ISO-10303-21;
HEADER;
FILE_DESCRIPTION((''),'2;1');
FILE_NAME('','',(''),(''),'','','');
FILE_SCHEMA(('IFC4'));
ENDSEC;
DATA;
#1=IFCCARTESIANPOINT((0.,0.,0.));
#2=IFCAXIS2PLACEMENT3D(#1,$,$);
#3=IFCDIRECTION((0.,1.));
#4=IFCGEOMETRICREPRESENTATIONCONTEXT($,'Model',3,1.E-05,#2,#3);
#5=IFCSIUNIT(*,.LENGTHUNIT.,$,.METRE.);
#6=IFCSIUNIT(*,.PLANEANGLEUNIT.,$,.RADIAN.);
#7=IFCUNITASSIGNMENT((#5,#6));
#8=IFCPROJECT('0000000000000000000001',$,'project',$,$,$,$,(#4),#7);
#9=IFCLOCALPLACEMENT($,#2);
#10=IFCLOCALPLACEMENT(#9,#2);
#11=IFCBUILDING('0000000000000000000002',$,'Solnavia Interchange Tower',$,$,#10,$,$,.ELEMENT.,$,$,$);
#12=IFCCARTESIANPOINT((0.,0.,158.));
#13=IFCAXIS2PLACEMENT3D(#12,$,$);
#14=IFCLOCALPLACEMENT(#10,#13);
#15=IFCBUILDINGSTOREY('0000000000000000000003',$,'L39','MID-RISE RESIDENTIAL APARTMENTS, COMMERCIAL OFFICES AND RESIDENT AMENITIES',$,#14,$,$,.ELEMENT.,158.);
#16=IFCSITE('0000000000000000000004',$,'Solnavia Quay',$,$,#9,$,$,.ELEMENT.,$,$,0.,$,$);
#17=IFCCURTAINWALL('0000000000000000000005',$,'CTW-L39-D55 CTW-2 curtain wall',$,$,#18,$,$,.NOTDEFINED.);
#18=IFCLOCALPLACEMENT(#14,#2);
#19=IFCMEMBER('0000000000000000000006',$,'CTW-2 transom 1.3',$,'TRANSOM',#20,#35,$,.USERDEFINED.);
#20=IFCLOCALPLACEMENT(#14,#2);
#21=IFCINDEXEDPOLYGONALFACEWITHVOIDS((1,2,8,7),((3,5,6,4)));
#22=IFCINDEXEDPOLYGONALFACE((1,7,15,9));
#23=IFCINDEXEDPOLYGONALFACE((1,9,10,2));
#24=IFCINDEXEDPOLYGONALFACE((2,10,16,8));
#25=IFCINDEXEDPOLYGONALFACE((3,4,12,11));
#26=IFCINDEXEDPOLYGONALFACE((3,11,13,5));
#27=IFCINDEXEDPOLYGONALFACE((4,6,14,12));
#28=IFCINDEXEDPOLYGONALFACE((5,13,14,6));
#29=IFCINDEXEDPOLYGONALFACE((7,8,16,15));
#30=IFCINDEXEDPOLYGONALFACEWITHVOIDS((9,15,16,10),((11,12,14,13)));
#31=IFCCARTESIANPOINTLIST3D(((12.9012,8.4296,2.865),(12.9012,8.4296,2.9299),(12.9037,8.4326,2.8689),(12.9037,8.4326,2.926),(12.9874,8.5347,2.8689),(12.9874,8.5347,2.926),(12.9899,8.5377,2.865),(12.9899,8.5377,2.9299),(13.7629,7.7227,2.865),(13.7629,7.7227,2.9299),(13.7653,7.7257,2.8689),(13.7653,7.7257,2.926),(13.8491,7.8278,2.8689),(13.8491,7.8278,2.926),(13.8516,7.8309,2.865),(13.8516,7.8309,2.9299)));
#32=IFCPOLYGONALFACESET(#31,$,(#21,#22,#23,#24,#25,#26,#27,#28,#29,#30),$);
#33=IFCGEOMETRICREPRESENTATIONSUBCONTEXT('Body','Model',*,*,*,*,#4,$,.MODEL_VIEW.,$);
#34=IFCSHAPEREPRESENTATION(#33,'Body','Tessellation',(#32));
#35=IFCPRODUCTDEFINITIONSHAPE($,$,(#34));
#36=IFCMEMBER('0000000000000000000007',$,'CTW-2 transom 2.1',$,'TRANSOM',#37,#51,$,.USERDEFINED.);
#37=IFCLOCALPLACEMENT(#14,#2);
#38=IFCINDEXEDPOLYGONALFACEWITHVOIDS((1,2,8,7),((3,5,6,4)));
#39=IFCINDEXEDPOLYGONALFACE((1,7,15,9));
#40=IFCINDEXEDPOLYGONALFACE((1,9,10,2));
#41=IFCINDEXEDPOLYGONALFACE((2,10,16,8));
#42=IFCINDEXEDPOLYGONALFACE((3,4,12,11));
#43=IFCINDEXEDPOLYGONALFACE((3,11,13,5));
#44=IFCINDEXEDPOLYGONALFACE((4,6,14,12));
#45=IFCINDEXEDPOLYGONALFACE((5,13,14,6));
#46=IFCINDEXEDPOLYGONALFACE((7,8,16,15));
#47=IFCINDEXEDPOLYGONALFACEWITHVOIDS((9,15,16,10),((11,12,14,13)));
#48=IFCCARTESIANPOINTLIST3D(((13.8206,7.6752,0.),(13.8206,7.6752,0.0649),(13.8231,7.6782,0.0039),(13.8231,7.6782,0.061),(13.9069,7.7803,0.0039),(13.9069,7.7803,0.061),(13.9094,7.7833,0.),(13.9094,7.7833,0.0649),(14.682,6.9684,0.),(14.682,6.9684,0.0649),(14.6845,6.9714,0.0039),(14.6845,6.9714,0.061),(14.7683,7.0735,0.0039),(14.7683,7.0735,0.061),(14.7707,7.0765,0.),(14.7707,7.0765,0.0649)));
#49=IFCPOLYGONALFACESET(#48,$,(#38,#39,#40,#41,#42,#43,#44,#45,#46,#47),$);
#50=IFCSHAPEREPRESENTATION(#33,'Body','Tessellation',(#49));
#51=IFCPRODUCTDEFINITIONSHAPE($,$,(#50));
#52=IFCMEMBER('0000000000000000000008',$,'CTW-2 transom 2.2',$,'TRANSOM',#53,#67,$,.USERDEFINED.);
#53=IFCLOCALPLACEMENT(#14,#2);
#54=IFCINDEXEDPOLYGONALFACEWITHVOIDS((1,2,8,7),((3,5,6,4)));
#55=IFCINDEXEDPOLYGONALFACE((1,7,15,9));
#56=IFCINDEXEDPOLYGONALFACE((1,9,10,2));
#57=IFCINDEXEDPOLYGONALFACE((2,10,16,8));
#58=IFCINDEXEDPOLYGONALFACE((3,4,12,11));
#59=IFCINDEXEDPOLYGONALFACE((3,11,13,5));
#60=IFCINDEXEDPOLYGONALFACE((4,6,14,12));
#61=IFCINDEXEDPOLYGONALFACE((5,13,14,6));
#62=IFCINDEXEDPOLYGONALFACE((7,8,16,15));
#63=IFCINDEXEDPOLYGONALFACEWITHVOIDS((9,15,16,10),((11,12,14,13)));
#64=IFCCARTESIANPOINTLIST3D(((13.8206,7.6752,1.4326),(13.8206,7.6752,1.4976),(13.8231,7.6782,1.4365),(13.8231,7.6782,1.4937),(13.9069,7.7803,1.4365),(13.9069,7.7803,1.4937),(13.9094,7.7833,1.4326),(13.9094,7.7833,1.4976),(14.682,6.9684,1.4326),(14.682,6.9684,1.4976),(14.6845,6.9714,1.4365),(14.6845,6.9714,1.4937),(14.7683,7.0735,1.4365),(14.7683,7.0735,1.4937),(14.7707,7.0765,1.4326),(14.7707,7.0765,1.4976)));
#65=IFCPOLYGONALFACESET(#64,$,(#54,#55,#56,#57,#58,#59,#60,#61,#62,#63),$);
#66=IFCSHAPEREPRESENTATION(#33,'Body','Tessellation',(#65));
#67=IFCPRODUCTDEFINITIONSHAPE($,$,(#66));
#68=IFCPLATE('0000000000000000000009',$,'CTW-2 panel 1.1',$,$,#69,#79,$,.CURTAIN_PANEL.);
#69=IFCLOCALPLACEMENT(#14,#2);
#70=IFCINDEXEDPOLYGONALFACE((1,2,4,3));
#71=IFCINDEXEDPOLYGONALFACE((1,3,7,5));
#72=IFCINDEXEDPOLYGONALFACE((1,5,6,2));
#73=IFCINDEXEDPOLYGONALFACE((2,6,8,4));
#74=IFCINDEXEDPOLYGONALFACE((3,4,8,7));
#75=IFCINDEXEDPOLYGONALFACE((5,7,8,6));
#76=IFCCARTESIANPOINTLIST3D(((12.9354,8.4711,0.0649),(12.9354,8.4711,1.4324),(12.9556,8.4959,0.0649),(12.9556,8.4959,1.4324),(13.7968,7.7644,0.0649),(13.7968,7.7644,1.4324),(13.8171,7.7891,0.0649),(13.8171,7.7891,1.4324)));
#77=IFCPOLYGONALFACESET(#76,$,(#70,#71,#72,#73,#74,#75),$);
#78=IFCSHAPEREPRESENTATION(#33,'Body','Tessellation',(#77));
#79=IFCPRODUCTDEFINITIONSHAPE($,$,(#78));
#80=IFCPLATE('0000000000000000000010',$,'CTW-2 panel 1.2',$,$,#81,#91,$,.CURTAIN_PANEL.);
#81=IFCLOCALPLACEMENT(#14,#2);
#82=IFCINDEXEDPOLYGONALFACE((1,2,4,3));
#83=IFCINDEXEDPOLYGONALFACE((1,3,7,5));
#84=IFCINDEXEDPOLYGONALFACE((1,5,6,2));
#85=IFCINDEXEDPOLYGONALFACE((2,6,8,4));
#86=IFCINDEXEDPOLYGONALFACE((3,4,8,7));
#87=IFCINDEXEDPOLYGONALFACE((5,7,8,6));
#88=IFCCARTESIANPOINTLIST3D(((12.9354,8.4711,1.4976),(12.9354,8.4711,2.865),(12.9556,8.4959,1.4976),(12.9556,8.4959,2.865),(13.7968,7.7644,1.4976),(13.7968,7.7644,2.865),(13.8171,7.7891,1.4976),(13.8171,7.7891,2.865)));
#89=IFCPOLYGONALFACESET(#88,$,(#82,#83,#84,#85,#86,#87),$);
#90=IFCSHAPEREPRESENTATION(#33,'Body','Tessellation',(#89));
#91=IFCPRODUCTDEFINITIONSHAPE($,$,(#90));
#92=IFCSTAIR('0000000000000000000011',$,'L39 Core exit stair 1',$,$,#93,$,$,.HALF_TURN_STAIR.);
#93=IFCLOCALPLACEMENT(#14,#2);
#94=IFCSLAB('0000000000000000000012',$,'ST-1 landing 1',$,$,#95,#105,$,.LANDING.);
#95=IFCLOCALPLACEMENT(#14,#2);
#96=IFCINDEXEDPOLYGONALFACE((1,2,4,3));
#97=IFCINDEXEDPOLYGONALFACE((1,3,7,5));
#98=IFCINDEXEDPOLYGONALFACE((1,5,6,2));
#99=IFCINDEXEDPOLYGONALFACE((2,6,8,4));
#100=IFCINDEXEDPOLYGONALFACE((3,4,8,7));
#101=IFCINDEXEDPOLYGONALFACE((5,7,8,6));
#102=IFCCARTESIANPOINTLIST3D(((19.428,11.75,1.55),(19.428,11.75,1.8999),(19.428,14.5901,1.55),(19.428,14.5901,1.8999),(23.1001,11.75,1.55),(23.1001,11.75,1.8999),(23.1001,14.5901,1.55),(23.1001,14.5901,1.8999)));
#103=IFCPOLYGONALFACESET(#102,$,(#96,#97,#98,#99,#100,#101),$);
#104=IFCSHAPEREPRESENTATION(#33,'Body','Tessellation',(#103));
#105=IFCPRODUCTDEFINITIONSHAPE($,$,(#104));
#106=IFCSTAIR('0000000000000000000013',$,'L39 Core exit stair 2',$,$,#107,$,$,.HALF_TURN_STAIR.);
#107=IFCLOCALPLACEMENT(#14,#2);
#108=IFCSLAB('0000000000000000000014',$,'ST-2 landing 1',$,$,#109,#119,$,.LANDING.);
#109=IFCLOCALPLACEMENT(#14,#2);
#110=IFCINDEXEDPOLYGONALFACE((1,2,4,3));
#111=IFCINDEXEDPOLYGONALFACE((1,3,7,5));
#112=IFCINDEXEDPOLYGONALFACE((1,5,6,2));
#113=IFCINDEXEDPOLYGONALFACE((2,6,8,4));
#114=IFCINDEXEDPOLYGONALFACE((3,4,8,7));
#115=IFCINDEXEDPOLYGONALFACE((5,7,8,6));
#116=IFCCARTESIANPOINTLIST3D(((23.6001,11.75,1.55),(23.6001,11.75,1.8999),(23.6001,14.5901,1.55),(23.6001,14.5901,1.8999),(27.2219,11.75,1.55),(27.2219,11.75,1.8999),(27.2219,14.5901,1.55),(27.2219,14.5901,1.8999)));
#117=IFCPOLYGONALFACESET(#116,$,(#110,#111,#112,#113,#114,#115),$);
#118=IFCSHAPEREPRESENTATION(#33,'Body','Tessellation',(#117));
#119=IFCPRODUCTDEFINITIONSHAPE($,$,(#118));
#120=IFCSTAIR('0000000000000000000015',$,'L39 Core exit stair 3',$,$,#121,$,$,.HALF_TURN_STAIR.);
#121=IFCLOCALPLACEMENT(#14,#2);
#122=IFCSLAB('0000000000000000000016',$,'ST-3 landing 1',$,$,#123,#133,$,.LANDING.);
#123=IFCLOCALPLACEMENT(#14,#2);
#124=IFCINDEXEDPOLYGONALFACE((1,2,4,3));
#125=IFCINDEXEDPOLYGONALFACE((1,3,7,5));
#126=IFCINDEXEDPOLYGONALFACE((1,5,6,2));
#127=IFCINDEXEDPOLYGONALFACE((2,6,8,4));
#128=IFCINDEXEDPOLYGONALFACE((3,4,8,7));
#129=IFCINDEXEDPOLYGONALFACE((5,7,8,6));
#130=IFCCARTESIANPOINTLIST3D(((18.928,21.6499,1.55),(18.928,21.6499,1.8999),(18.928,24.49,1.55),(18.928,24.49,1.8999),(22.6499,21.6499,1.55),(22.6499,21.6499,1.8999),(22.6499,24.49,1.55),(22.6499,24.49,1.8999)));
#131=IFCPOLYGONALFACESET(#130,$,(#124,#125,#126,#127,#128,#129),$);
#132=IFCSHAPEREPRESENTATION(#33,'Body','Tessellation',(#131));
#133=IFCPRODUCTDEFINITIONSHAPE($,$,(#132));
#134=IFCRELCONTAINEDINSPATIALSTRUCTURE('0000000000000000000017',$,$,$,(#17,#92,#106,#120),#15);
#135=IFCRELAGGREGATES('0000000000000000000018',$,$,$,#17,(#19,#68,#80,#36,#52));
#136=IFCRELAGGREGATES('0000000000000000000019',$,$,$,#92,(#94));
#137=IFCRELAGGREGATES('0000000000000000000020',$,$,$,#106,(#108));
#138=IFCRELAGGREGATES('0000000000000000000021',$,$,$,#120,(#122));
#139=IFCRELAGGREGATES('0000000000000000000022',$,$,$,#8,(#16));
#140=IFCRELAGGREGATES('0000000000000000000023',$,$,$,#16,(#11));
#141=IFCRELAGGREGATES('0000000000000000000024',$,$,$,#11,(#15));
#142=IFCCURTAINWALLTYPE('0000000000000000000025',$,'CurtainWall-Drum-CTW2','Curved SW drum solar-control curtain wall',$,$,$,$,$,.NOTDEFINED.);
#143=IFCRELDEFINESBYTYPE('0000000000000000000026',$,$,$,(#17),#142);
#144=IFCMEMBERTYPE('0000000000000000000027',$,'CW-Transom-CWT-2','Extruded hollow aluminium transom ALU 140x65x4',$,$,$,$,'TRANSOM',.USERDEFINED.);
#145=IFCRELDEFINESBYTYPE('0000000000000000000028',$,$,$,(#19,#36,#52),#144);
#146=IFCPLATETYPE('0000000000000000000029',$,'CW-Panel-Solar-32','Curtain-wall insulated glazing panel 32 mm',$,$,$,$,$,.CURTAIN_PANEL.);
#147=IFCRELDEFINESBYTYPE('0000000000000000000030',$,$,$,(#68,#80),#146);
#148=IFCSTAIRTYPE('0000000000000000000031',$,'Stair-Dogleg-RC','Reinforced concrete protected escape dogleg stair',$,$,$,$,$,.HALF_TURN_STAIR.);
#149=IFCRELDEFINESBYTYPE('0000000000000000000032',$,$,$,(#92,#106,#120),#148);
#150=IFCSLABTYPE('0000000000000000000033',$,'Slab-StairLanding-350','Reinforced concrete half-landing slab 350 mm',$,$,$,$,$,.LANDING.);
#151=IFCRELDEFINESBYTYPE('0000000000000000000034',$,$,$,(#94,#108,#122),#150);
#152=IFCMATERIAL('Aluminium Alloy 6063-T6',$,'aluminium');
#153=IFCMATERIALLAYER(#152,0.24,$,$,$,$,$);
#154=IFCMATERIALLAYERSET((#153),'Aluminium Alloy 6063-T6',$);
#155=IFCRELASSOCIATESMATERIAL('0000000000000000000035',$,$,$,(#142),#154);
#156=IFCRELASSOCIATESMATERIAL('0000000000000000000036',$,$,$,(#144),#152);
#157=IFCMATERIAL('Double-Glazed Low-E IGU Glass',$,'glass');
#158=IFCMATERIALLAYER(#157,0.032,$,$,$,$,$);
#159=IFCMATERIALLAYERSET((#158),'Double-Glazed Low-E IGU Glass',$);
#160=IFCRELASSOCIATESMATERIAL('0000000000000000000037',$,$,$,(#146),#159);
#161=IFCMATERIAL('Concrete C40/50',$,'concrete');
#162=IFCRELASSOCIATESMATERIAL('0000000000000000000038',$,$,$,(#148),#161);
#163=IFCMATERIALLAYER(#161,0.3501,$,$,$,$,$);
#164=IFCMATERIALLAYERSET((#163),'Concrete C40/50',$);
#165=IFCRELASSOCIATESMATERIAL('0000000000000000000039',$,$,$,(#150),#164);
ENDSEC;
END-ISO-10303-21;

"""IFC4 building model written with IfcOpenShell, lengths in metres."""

from ifc_helpers import new_model, si_unit, direction, frame, origin, origin_2d, place, context, subcontext, project, spatial, polyline, rectangle, hollow_rectangle, outline, extrude, material, layer, layer_set, material_profile, profile_set, type_object, element, aggregate, save


model = new_model("IFC4")

# Units and contexts
model_context = context("Model", 3, precision=1e-05, world=origin(), true_north=direction((0.0, 1.0)))
body_context = subcontext(model_context, "Body", "Model", "MODEL_VIEW")
ifc_project = project(units=[si_unit("LENGTHUNIT", "METRE"), si_unit("PLANEANGLEUNIT", "RADIAN")], contexts=[model_context])

# Site, building, storey
site_placement = place(None, origin())
site = spatial("IfcSite", under=ifc_project, at=site_placement, Name="Solnavia Quay", CompositionType="ELEMENT", RefElevation=0.0)
building_placement = place(site_placement, origin())
building = spatial("IfcBuilding", under=site, at=building_placement, Name="Solnavia Interchange Tower", CompositionType="ELEMENT")
storey_placement = place(building_placement, frame((0.0, 0.0, 158.0)))
storey = spatial("IfcBuildingStorey", under=building, at=storey_placement, Name="L39", Description="MID-RISE RESIDENTIAL APARTMENTS, COMMERCIAL OFFICES AND RESIDENT AMENITIES", CompositionType="ELEMENT", Elevation=158.0)

# Curtain wall, members, plates
ifc_material_1 = material(Name="Aluminium Alloy 6063-T6", Category="aluminium")
ifc_layer_1 = layer(ifc_material_1, 0.24)
ifc_layer_set_1 = layer_set([ifc_layer_1], Name="Aluminium Alloy 6063-T6")
curtain_wall_type = type_object("IfcCurtainWallType", Name="CurtainWall-Drum-CTW2", Description="Curved SW drum solar-control curtain wall", PredefinedType="NOTDEFINED", material=ifc_layer_set_1)
curtain_wall_placement = place(storey_placement, origin())
curtain_wall = element("IfcCurtainWall", 1, at=curtain_wall_placement, inside=storey, type_object=curtain_wall_type, Name="CTW-L39-D55 CTW-2 curtain wall", PredefinedType="NOTDEFINED")
ifc_material_profile_1 = material_profile(ifc_material_1, hollow_rectangle(XDim=0.0649, YDim=0.1399, WallThickness=0.0039, at=origin_2d()), Name="ALU 140x65x4")
ifc_profile_set_1 = profile_set([ifc_material_profile_1], Name="Aluminium Alloy 6063-T6")
member_type_1 = type_object("IfcMemberType", Name="CW-Transom-CWT-2", Description="Extruded hollow aluminium transom ALU 140x65x4", ElementType="TRANSOM", PredefinedType="USERDEFINED", material=ifc_profile_set_1)
member_1_placement = place(storey_placement, frame((12.9456, 8.4836, 2.8975), z_axis=(0.773137, -0.634239, 0.0), x_axis=(0.0, 0.0, 1.0)))
member_1 = element("IfcMember", 2, at=member_1_placement, type_object=member_type_1, Name="CTW-2 transom 1.3", ObjectType="TRANSOM", PredefinedType="USERDEFINED", context=body_context, shape_type="SweptSolid", body=[
    extrude(hollow_rectangle(XDim=0.0649, YDim=0.1399, WallThickness=0.0039, at=origin_2d()), origin(), (0.0, 0.0, 1.0), 1.1145),
])
member_2_placement = place(storey_placement, frame((13.865, 7.7292, 0.0325), z_axis=(0.773049, -0.634347, 0.0), x_axis=(0.0, 0.0, 1.0)))
member_2 = element("IfcMember", 3, at=member_2_placement, type_object=member_type_1, Name="CTW-2 transom 2.1", ObjectType="TRANSOM", PredefinedType="USERDEFINED", context=body_context, shape_type="SweptSolid", body=[
    extrude(hollow_rectangle(XDim=0.0649, YDim=0.1399, WallThickness=0.0039, at=origin_2d()), origin(), (0.0, 0.0, 1.0), 1.1143),
])
member_3_placement = place(storey_placement, frame((13.865, 7.7292, 1.4651), z_axis=(0.773049, -0.634347, 0.0), x_axis=(0.0, 0.0, 1.0)))
member_3 = element("IfcMember", 4, at=member_3_placement, type_object=member_type_1, Name="CTW-2 transom 2.2", ObjectType="TRANSOM", PredefinedType="USERDEFINED", context=body_context, shape_type="SweptSolid", body=[
    extrude(hollow_rectangle(XDim=0.0649, YDim=0.1399, WallThickness=0.0039, at=origin_2d()), origin(), (0.0, 0.0, 1.0), 1.1143),
])
ifc_material_2 = material(Name="Double-Glazed Low-E IGU Glass", Category="glass")
ifc_layer_2 = layer(ifc_material_2, 0.032)
ifc_layer_set_2 = layer_set([ifc_layer_2], Name="Double-Glazed Low-E IGU Glass")
plate_type = type_object("IfcPlateType", Name="CW-Panel-Solar-32", Description="Curtain-wall insulated glazing panel 32 mm", PredefinedType="CURTAIN_PANEL", material=ifc_layer_set_2)
plate_1_placement = place(storey_placement, frame((13.3762, 8.1301, 0.0649), z_axis=(0.0, 0.0, 1.0), x_axis=(0.773103, -0.63428, 0.0)))
plate_1 = element("IfcPlate", 5, at=plate_1_placement, type_object=plate_type, Name="CTW-2 panel 1.1", PredefinedType="CURTAIN_PANEL", context=body_context, shape_type="SweptSolid", body=[
    extrude(rectangle(XDim=1.1143, YDim=0.032, at=origin_2d()), origin(), (0.0, 0.0, 1.0), 1.3674),
])
plate_2_placement = place(storey_placement, frame((13.3762, 8.1301, 1.4976), z_axis=(0.0, 0.0, 1.0), x_axis=(0.773103, -0.63428, 0.0)))
plate_2 = element("IfcPlate", 6, at=plate_2_placement, type_object=plate_type, Name="CTW-2 panel 1.2", PredefinedType="CURTAIN_PANEL", context=body_context, shape_type="SweptSolid", body=[
    extrude(rectangle(XDim=1.1143, YDim=0.032, at=origin_2d()), origin(), (0.0, 0.0, 1.0), 1.3674),
])
aggregate(curtain_wall, [member_1, plate_1, plate_2, member_2, member_3])

# Stairs, slabs
ifc_material_3 = material(Name="Concrete C40/50", Category="concrete")
stair_type = type_object("IfcStairType", Name="Stair-Dogleg-RC", Description="Reinforced concrete protected escape dogleg stair", PredefinedType="HALF_TURN_STAIR", material=ifc_material_3)
stair_1_placement = place(storey_placement, origin())
stair_1 = element("IfcStair", 7, at=stair_1_placement, inside=storey, type_object=stair_type, Name="L39 Core exit stair 1", PredefinedType="HALF_TURN_STAIR")
ifc_layer_3 = layer(ifc_material_3, 0.3501)
ifc_layer_set_3 = layer_set([ifc_layer_3], Name="Concrete C40/50")
slab_type_1 = type_object("IfcSlabType", Name="Slab-StairLanding-350", Description="Reinforced concrete half-landing slab 350 mm", PredefinedType="LANDING", material=ifc_layer_set_3)
slab_1_placement = place(storey_placement, frame((0.0, 0.0, 1.55)))
slab_1 = element("IfcSlab", 8, at=slab_1_placement, type_object=slab_type_1, Name="ST-1 landing 1", PredefinedType="LANDING", context=body_context, shape_type="SweptSolid", body=[
    extrude(outline(polyline([(19.428, 11.75), (23.1001, 11.75), (23.1001, 14.5901), (19.428, 14.5901), (19.428, 11.75)])), origin(), (0.0, 0.0, 1.0), 0.3499),
])
aggregate(stair_1, [slab_1])
stair_2_placement = place(storey_placement, origin())
stair_2 = element("IfcStair", 9, at=stair_2_placement, inside=storey, type_object=stair_type, Name="L39 Core exit stair 2", PredefinedType="HALF_TURN_STAIR")
slab_2_placement = place(storey_placement, frame((0.0, 0.0, 1.55)))
slab_2 = element("IfcSlab", 10, at=slab_2_placement, type_object=slab_type_1, Name="ST-2 landing 1", PredefinedType="LANDING", context=body_context, shape_type="SweptSolid", body=[
    extrude(outline(polyline([(23.6001, 11.75), (27.2219, 11.75), (27.2219, 14.5901), (23.6001, 14.5901), (23.6001, 11.75)])), origin(), (0.0, 0.0, 1.0), 0.3499),
])
aggregate(stair_2, [slab_2])
stair_3_placement = place(storey_placement, origin())
stair_3 = element("IfcStair", 11, at=stair_3_placement, inside=storey, type_object=stair_type, Name="L39 Core exit stair 3", PredefinedType="HALF_TURN_STAIR")
slab_3_placement = place(storey_placement, frame((0.0, 0.0, 1.55)))
slab_3 = element("IfcSlab", 12, at=slab_3_placement, type_object=slab_type_1, Name="ST-3 landing 1", PredefinedType="LANDING", context=body_context, shape_type="SweptSolid", body=[
    extrude(outline(polyline([(18.928, 21.6499), (22.6499, 21.6499), (22.6499, 24.49), (18.928, 24.49), (18.928, 21.6499)])), origin(), (0.0, 0.0, 1.0), 0.3499),
])
aggregate(stair_3, [slab_3])

save(model, "model.ifc")
